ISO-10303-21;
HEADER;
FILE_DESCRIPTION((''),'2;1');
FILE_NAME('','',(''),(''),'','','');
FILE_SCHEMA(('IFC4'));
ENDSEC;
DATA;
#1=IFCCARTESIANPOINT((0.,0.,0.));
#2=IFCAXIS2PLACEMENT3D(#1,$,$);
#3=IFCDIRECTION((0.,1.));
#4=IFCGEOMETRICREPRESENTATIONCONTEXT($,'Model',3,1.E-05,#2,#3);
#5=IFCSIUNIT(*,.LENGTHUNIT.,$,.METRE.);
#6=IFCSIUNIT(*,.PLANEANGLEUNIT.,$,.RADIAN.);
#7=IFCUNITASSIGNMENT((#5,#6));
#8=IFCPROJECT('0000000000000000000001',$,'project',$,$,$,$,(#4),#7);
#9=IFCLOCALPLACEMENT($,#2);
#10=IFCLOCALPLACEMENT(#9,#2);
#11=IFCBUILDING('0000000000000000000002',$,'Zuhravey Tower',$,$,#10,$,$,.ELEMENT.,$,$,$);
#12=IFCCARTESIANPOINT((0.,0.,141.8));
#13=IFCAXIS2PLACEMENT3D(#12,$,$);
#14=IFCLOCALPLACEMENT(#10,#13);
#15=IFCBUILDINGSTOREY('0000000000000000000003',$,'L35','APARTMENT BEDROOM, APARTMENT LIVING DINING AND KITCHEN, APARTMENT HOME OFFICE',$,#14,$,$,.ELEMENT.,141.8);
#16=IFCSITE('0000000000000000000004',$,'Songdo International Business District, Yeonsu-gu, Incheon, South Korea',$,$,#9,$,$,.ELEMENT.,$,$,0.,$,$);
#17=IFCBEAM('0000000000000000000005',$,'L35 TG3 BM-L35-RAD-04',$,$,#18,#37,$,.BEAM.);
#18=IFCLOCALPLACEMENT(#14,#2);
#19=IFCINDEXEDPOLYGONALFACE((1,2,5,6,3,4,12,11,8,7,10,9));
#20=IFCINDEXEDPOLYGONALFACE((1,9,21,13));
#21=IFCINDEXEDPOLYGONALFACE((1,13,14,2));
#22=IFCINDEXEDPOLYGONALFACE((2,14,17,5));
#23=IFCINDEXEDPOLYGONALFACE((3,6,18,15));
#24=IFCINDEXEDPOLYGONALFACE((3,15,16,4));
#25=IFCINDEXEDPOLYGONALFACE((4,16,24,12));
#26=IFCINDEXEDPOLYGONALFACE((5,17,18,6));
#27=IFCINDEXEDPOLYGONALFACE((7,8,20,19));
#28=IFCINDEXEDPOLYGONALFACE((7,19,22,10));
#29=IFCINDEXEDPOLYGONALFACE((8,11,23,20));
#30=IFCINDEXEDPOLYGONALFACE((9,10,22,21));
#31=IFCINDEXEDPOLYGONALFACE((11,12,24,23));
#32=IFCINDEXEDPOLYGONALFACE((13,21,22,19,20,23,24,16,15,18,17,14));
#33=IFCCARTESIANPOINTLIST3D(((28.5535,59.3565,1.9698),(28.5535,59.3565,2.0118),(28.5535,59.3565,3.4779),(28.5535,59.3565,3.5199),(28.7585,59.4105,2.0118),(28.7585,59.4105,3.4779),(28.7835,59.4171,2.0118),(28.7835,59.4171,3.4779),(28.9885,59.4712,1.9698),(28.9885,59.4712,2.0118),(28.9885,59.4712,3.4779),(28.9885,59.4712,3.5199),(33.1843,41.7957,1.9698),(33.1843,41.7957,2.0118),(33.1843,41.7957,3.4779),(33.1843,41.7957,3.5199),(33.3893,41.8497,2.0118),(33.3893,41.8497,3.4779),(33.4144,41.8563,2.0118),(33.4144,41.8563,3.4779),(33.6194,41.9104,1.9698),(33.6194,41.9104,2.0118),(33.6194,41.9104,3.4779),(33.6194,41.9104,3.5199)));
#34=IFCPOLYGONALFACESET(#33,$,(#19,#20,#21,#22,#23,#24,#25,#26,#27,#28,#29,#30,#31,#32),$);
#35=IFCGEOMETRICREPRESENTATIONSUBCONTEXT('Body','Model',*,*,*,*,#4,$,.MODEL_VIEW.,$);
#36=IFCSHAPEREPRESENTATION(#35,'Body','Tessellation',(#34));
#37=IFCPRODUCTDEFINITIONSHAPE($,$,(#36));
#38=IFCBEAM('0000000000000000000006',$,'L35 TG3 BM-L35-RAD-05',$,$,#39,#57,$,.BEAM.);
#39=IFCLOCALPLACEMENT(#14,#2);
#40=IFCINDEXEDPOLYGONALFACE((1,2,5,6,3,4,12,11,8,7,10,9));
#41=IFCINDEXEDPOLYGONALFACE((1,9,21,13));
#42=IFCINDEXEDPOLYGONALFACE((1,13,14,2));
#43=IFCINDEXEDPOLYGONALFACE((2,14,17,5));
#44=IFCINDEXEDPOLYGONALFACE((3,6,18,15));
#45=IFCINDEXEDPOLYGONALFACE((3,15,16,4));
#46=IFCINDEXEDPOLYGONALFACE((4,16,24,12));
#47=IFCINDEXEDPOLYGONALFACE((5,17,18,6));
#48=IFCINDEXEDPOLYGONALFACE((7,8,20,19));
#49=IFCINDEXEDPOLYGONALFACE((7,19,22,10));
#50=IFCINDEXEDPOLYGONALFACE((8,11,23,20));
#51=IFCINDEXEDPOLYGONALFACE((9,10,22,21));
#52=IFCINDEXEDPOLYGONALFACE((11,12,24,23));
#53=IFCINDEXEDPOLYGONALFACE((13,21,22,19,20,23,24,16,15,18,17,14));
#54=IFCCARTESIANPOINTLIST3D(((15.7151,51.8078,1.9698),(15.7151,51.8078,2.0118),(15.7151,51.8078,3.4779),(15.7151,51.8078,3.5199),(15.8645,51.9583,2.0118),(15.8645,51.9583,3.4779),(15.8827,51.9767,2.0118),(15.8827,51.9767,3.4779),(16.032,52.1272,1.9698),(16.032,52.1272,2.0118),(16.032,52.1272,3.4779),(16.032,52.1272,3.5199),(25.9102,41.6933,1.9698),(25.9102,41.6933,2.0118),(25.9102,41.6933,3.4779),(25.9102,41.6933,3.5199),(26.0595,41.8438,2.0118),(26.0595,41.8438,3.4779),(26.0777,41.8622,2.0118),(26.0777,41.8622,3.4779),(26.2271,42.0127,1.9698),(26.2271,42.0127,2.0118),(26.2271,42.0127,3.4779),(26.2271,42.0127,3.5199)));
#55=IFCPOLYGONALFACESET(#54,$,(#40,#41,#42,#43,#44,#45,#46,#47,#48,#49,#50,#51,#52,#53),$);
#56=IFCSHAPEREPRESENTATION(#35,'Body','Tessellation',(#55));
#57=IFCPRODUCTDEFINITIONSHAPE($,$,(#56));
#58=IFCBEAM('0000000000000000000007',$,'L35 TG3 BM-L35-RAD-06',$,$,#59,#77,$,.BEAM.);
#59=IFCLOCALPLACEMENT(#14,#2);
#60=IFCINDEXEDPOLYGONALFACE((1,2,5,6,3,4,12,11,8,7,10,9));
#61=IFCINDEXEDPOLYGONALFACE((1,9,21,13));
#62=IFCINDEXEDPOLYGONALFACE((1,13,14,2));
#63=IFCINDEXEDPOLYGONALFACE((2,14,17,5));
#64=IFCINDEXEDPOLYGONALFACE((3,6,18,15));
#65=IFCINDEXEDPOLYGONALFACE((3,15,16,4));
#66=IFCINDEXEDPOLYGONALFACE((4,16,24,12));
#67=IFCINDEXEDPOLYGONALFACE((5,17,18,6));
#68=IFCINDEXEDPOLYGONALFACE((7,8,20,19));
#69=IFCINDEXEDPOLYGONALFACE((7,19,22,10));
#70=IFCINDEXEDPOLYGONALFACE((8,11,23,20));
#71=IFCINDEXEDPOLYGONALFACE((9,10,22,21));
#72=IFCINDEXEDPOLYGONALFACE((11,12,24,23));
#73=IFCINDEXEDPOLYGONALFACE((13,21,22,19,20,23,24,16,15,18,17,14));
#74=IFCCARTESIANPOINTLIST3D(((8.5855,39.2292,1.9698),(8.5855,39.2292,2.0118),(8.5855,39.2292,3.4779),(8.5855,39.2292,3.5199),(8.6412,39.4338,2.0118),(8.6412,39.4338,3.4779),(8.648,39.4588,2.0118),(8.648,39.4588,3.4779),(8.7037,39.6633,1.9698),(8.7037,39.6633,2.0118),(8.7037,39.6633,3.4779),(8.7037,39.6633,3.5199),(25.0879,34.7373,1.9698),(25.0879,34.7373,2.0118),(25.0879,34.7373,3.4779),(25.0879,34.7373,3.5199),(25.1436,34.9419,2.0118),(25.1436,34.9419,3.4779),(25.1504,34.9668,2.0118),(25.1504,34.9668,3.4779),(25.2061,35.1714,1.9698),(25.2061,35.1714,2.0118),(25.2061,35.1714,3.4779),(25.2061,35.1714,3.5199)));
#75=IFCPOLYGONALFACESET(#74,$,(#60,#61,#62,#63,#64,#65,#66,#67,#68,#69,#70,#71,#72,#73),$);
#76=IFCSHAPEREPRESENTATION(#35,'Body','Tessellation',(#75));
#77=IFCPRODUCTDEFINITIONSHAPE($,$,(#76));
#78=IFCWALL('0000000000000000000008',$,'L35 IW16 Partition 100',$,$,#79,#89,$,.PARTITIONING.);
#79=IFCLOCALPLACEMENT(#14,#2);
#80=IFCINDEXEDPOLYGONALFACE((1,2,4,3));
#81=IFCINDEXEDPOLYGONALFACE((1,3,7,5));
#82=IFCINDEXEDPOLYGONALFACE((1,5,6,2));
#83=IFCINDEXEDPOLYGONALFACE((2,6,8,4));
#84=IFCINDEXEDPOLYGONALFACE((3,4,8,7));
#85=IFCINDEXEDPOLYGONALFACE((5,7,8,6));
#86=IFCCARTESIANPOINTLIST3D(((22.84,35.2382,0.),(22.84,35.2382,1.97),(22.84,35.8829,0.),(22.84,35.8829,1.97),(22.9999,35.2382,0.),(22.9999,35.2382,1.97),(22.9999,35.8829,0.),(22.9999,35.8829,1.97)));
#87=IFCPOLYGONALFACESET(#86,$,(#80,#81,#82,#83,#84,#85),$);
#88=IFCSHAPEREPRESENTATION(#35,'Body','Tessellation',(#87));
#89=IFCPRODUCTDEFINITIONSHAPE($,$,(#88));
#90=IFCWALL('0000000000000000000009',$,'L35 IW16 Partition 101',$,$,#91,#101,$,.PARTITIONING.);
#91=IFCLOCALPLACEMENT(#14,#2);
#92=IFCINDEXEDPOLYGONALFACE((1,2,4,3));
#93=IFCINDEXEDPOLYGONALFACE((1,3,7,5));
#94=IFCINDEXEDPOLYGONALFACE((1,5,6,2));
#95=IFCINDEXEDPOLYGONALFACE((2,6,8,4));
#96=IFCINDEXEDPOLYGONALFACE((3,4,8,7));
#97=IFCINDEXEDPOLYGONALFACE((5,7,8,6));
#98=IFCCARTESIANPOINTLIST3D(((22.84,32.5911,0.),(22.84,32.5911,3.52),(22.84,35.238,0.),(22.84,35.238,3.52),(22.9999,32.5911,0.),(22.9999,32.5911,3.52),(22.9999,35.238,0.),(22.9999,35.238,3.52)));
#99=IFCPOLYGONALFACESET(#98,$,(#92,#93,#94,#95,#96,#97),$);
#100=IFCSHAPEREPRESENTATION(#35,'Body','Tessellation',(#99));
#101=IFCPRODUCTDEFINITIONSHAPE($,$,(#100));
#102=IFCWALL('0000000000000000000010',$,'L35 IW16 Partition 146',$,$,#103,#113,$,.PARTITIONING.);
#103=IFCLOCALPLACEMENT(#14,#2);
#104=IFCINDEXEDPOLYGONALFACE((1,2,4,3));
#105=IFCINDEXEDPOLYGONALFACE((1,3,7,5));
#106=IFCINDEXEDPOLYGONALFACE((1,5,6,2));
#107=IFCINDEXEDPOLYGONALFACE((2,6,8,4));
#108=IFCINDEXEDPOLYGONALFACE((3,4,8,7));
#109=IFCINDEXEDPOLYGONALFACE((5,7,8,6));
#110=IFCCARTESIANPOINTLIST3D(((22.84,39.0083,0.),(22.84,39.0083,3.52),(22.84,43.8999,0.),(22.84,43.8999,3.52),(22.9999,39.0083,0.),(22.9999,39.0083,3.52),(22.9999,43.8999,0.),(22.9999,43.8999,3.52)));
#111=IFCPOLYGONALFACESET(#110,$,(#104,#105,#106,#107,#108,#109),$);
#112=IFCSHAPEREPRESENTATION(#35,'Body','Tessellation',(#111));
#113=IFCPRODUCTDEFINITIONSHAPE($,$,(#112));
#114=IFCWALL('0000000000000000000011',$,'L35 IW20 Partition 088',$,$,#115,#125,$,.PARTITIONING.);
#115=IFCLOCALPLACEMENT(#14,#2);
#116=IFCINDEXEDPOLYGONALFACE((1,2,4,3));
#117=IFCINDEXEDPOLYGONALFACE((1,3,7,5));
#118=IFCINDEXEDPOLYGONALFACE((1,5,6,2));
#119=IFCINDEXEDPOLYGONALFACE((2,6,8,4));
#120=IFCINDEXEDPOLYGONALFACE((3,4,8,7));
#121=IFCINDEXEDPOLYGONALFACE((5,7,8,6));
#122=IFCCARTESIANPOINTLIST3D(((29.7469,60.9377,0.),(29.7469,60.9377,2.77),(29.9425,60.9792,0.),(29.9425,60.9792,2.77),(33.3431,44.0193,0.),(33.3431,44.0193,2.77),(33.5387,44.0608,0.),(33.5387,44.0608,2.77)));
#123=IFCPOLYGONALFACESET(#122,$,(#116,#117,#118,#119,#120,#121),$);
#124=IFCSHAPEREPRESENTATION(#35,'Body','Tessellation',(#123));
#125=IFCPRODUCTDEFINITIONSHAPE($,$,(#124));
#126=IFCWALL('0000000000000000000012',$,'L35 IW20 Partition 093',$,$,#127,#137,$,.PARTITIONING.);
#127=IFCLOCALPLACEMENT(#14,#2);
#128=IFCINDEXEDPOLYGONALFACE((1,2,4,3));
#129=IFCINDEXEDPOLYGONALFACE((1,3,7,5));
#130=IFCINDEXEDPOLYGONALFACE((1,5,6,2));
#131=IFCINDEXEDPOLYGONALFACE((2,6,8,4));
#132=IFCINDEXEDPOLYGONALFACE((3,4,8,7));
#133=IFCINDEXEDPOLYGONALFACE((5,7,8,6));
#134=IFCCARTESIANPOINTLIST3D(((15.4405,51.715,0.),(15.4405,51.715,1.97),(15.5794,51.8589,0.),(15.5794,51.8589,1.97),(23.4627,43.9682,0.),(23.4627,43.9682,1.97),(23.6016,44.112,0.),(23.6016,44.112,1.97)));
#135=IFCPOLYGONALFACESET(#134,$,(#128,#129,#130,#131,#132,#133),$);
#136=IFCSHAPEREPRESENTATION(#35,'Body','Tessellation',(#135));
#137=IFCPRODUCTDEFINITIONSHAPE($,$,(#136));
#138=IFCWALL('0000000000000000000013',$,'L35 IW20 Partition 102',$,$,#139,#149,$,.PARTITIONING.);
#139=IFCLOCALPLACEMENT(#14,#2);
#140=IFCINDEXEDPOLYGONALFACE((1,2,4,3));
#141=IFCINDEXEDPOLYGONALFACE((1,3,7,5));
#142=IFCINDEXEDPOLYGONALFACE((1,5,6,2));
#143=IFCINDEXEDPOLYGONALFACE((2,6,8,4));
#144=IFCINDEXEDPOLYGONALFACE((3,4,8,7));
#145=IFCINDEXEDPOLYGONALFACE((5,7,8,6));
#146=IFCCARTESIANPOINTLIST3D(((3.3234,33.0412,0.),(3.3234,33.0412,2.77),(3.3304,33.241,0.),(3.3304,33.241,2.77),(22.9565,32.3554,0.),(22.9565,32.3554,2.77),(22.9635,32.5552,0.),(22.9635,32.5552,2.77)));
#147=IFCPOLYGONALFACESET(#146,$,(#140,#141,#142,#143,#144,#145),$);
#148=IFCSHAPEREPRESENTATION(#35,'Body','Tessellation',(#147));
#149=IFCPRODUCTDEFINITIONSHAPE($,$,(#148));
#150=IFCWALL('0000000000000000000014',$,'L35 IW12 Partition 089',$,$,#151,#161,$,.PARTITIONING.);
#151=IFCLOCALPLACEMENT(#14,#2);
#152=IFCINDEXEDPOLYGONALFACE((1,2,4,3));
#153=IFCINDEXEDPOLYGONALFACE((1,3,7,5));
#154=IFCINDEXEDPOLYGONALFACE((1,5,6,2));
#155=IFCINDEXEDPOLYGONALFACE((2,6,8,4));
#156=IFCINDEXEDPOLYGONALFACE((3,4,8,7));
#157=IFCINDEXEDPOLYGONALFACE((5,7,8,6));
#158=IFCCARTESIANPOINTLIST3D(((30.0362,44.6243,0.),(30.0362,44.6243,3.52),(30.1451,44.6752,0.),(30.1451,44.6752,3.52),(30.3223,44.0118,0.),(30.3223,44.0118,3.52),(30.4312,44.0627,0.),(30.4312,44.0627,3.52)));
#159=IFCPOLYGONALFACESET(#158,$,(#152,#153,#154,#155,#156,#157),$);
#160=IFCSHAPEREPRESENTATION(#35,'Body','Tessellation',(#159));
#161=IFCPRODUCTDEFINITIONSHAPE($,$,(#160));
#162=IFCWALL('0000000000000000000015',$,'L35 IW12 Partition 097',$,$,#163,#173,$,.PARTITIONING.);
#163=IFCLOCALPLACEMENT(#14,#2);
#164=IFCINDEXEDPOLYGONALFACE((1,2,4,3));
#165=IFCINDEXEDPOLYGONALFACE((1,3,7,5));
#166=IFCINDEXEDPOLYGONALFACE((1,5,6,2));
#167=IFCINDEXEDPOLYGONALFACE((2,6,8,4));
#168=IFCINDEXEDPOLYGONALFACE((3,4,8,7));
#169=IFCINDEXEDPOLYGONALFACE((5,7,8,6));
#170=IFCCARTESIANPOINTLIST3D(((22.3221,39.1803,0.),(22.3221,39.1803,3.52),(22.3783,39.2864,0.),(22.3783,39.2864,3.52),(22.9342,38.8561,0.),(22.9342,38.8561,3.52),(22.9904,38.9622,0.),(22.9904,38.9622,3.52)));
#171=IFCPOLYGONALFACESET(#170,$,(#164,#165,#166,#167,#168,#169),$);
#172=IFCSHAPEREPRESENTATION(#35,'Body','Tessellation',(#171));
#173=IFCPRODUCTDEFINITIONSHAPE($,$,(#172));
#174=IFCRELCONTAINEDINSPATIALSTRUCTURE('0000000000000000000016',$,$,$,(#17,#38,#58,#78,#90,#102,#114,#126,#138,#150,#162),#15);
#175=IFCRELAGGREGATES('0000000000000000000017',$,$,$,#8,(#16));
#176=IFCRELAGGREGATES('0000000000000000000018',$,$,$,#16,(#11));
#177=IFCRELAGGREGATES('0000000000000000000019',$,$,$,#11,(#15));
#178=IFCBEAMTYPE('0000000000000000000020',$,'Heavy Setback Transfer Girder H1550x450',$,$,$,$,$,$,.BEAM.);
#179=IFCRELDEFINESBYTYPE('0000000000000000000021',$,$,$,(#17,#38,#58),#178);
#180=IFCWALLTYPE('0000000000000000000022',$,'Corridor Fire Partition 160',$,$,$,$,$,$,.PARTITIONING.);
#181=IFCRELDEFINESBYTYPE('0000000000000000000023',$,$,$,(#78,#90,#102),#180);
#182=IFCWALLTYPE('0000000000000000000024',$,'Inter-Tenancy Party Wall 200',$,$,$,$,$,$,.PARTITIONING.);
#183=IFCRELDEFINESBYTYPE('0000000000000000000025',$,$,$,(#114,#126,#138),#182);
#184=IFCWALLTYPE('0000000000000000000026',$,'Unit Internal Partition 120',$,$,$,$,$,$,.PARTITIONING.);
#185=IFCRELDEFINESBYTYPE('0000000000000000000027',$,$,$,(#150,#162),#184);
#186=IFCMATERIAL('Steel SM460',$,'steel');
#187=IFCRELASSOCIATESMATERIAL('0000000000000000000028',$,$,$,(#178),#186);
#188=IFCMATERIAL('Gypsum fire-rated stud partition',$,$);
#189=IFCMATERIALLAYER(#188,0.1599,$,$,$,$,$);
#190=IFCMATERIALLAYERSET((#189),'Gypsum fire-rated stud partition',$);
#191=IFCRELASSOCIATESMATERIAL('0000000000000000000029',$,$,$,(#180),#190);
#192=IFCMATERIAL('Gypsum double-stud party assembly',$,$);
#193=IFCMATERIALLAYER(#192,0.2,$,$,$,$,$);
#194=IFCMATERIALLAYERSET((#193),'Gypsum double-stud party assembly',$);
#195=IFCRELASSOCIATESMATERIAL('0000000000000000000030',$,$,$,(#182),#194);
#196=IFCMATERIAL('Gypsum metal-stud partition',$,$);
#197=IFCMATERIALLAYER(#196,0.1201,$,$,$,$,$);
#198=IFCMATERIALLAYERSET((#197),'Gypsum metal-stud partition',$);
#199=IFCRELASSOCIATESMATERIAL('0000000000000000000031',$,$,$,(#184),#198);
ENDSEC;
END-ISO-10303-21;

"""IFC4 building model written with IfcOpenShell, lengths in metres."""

from ifc_helpers import new_model, si_unit, direction, frame, frame_2d, origin, origin_2d, place, context, subcontext, project, spatial, rectangle, i_section, extrude, material, layer, layer_set, material_profile, profile_set, type_object, element, save


model = new_model("IFC4")

# Units and contexts
model_context = context("Model", 3, precision=1e-05, world=origin(), true_north=direction((0.0, 1.0)))
body_context = subcontext(model_context, "Body", "Model", "MODEL_VIEW")
ifc_project = project(units=[si_unit("LENGTHUNIT", "METRE"), si_unit("PLANEANGLEUNIT", "RADIAN")], contexts=[model_context])

# Site, building, storey
site_placement = place(None, origin())
site = spatial("IfcSite", under=ifc_project, at=site_placement, Name="Songdo International Business District, Yeonsu-gu, Incheon, South Korea", CompositionType="ELEMENT", RefElevation=0.0)
building_placement = place(site_placement, origin())
building = spatial("IfcBuilding", under=site, at=building_placement, Name="Zuhravey Tower", CompositionType="ELEMENT")
storey_placement = place(building_placement, frame((0.0, 0.0, 141.8)))
storey = spatial("IfcBuildingStorey", under=building, at=storey_placement, Name="L35", Description="APARTMENT BEDROOM, APARTMENT LIVING DINING AND KITCHEN, APARTMENT HOME OFFICE", CompositionType="ELEMENT", Elevation=141.8)

# Beams
ifc_material_1 = material(Name="Steel SM460", Category="steel")
ifc_material_profile = material_profile(ifc_material_1, i_section(OverallWidth=0.45, OverallDepth=1.55, WebThickness=0.0259, FlangeThickness=0.042, at=origin_2d()), Name="H-1550x450x26x42")
ifc_profile_set = profile_set([ifc_material_profile], Name="Steel SM460")
beam_type = type_object("IfcBeamType", Name="Heavy Setback Transfer Girder H1550x450", PredefinedType="BEAM", material=ifc_profile_set)
beam_1_placement = place(storey_placement, frame((33.4019, 41.853, 2.7449), z_axis=(-0.254988, 0.966944, 0.0), x_axis=(-0.966944, -0.254988, 0.0)))
element("IfcBeam", 1, at=beam_1_placement, inside=storey, type_object=beam_type, Name="L35 TG3 BM-L35-RAD-04", PredefinedType="BEAM", context=body_context, shape_type="SweptSolid", body=[
    extrude(i_section(OverallWidth=0.45, OverallDepth=1.55, WebThickness=0.0259, FlangeThickness=0.042, at=origin_2d()), origin(), (0.0, 0.0, 1.0), 18.1611),
])
beam_2_placement = place(storey_placement, frame((26.0686, 41.853, 2.7449), z_axis=(-0.709906, 0.704296, 0.0), x_axis=(-0.704296, -0.709906, 0.0)))
element("IfcBeam", 2, at=beam_2_placement, inside=storey, type_object=beam_type, Name="L35 TG3 BM-L35-RAD-05", PredefinedType="BEAM", context=body_context, shape_type="SweptSolid", body=[
    extrude(i_section(OverallWidth=0.45, OverallDepth=1.55, WebThickness=0.0259, FlangeThickness=0.042, at=origin_2d()), origin(), (0.0, 0.0, 1.0), 14.3611),
])
beam_3_placement = place(storey_placement, frame((25.147, 34.9543, 2.7449), z_axis=(-0.964893, 0.262643, 0.0), x_axis=(-0.262643, -0.964893, 0.0)))
element("IfcBeam", 3, at=beam_3_placement, inside=storey, type_object=beam_type, Name="L35 TG3 BM-L35-RAD-06", PredefinedType="BEAM", context=body_context, shape_type="SweptSolid", body=[
    extrude(i_section(OverallWidth=0.45, OverallDepth=1.55, WebThickness=0.0259, FlangeThickness=0.042, at=origin_2d()), origin(), (0.0, 0.0, 1.0), 17.1028),
])

# Shared definitions
ifc_material_2 = material(Name="Gypsum fire-rated stud partition")
ifc_layer_1 = layer(ifc_material_2, 0.1599)
ifc_layer_set_1 = layer_set([ifc_layer_1], Name="Gypsum fire-rated stud partition")
wall_type_1 = type_object("IfcWallType", Name="Corridor Fire Partition 160", PredefinedType="PARTITIONING", material=ifc_layer_set_1)

# Walls
wall_1_placement = place(storey_placement, frame((22.9199, 35.8828, 0.0), z_axis=(0.0, 0.0, 1.0), x_axis=(0.0, -1.0, 0.0)))
element("IfcWall", 4, at=wall_1_placement, inside=storey, type_object=wall_type_1, Name="L35 IW16 Partition 100", PredefinedType="PARTITIONING", context=body_context, shape_type="SweptSolid", body=[
    extrude(rectangle(XDim=0.6448, YDim=0.1599, at=frame_2d((0.3223, 0.0))), origin(), (0.0, 0.0, 1.0), 1.97),
])
wall_2_placement = place(storey_placement, frame((22.9199, 35.238, 0.0), z_axis=(0.0, 0.0, 1.0), x_axis=(0.0, -1.0, 0.0)))
element("IfcWall", 5, at=wall_2_placement, inside=storey, type_object=wall_type_1, Name="L35 IW16 Partition 101", PredefinedType="PARTITIONING", context=body_context, shape_type="SweptSolid", body=[
    extrude(rectangle(XDim=2.647, YDim=0.1599, at=frame_2d((1.3235, 0.0))), origin(), (0.0, 0.0, 1.0), 3.52),
])
wall_3_placement = place(storey_placement, frame((22.9199, 43.8999, 0.0), z_axis=(0.0, 0.0, 1.0), x_axis=(0.0, -1.0, 0.0)))
element("IfcWall", 6, at=wall_3_placement, inside=storey, type_object=wall_type_1, Name="L35 IW16 Partition 146", PredefinedType="PARTITIONING", context=body_context, shape_type="SweptSolid", body=[
    extrude(rectangle(XDim=4.8916, YDim=0.1599, at=frame_2d((2.4458, 0.0))), origin(), (0.0, 0.0, 1.0), 3.52),
])
ifc_material_3 = material(Name="Gypsum double-stud party assembly")
ifc_layer_2 = layer(ifc_material_3, 0.2)
ifc_layer_set_2 = layer_set([ifc_layer_2], Name="Gypsum double-stud party assembly")
wall_type_2 = type_object("IfcWallType", Name="Inter-Tenancy Party Wall 200", PredefinedType="PARTITIONING", material=ifc_layer_set_2)
wall_4_placement = place(storey_placement, frame((33.4409, 44.04, 0.0), z_axis=(0.0, 0.0, 1.0), x_axis=(-0.207915, 0.978147, 0.0)))
element("IfcWall", 7, at=wall_4_placement, inside=storey, type_object=wall_type_2, Name="L35 IW20 Partition 088", PredefinedType="PARTITIONING", context=body_context, shape_type="SweptSolid", body=[
    extrude(rectangle(XDim=17.2964, YDim=0.2, at=frame_2d((8.6482, 0.0))), origin(), (0.0, 0.0, 1.0), 2.77),
])
wall_5_placement = place(storey_placement, frame((23.5322, 44.04, 0.0), z_axis=(0.0, 0.0, 1.0), x_axis=(-0.719346, 0.694652, 0.0)))
element("IfcWall", 8, at=wall_5_placement, inside=storey, type_object=wall_type_2, Name="L35 IW20 Partition 093", PredefinedType="PARTITIONING", context=body_context, shape_type="SweptSolid", body=[
    extrude(rectangle(XDim=11.1521, YDim=0.2, at=frame_2d((5.5762, 0.0))), origin(), (0.0, 0.0, 1.0), 1.97),
])
wall_6_placement = place(storey_placement, frame((22.96, 32.4553, 0.0), z_axis=(0.0, 0.0, 1.0), x_axis=(-0.99939, 0.034909, 0.0)))
element("IfcWall", 9, at=wall_6_placement, inside=storey, type_object=wall_type_2, Name="L35 IW20 Partition 102", PredefinedType="PARTITIONING", context=body_context, shape_type="SweptSolid", body=[
    extrude(rectangle(XDim=19.645, YDim=0.2, at=frame_2d((9.8225, 0.0))), origin(), (0.0, 0.0, 1.0), 2.77),
])
ifc_material_4 = material(Name="Gypsum metal-stud partition")
ifc_layer_3 = layer(ifc_material_4, 0.1201)
ifc_layer_set_3 = layer_set([ifc_layer_3], Name="Gypsum metal-stud partition")
wall_type_3 = type_object("IfcWallType", Name="Unit Internal Partition 120", PredefinedType="PARTITIONING", material=ifc_layer_set_3)
wall_7_placement = place(storey_placement, frame((30.3767, 44.0374, 0.0), z_axis=(0.0, 0.0, 1.0), x_axis=(-0.423222, 0.906026, 0.0)))
element("IfcWall", 10, at=wall_7_placement, inside=storey, type_object=wall_type_3, Name="L35 IW12 Partition 089", PredefinedType="PARTITIONING", context=body_context, shape_type="SweptSolid", body=[
    extrude(rectangle(XDim=0.676, YDim=0.1201, at=frame_2d((0.3379, 0.0))), origin(), (0.0, 0.0, 1.0), 3.52),
])
wall_8_placement = place(storey_placement, frame((22.9622, 38.9092, 0.0), z_axis=(0.0, 0.0, 1.0), x_axis=(-0.883676, 0.468098, 0.0)))
element("IfcWall", 11, at=wall_8_placement, inside=storey, type_object=wall_type_3, Name="L35 IW12 Partition 097", PredefinedType="PARTITIONING", context=body_context, shape_type="SweptSolid", body=[
    extrude(rectangle(XDim=0.6926, YDim=0.1201, at=frame_2d((0.3462, 0.0))), origin(), (0.0, 0.0, 1.0), 3.52),
])

save(model, "model.ifc")
